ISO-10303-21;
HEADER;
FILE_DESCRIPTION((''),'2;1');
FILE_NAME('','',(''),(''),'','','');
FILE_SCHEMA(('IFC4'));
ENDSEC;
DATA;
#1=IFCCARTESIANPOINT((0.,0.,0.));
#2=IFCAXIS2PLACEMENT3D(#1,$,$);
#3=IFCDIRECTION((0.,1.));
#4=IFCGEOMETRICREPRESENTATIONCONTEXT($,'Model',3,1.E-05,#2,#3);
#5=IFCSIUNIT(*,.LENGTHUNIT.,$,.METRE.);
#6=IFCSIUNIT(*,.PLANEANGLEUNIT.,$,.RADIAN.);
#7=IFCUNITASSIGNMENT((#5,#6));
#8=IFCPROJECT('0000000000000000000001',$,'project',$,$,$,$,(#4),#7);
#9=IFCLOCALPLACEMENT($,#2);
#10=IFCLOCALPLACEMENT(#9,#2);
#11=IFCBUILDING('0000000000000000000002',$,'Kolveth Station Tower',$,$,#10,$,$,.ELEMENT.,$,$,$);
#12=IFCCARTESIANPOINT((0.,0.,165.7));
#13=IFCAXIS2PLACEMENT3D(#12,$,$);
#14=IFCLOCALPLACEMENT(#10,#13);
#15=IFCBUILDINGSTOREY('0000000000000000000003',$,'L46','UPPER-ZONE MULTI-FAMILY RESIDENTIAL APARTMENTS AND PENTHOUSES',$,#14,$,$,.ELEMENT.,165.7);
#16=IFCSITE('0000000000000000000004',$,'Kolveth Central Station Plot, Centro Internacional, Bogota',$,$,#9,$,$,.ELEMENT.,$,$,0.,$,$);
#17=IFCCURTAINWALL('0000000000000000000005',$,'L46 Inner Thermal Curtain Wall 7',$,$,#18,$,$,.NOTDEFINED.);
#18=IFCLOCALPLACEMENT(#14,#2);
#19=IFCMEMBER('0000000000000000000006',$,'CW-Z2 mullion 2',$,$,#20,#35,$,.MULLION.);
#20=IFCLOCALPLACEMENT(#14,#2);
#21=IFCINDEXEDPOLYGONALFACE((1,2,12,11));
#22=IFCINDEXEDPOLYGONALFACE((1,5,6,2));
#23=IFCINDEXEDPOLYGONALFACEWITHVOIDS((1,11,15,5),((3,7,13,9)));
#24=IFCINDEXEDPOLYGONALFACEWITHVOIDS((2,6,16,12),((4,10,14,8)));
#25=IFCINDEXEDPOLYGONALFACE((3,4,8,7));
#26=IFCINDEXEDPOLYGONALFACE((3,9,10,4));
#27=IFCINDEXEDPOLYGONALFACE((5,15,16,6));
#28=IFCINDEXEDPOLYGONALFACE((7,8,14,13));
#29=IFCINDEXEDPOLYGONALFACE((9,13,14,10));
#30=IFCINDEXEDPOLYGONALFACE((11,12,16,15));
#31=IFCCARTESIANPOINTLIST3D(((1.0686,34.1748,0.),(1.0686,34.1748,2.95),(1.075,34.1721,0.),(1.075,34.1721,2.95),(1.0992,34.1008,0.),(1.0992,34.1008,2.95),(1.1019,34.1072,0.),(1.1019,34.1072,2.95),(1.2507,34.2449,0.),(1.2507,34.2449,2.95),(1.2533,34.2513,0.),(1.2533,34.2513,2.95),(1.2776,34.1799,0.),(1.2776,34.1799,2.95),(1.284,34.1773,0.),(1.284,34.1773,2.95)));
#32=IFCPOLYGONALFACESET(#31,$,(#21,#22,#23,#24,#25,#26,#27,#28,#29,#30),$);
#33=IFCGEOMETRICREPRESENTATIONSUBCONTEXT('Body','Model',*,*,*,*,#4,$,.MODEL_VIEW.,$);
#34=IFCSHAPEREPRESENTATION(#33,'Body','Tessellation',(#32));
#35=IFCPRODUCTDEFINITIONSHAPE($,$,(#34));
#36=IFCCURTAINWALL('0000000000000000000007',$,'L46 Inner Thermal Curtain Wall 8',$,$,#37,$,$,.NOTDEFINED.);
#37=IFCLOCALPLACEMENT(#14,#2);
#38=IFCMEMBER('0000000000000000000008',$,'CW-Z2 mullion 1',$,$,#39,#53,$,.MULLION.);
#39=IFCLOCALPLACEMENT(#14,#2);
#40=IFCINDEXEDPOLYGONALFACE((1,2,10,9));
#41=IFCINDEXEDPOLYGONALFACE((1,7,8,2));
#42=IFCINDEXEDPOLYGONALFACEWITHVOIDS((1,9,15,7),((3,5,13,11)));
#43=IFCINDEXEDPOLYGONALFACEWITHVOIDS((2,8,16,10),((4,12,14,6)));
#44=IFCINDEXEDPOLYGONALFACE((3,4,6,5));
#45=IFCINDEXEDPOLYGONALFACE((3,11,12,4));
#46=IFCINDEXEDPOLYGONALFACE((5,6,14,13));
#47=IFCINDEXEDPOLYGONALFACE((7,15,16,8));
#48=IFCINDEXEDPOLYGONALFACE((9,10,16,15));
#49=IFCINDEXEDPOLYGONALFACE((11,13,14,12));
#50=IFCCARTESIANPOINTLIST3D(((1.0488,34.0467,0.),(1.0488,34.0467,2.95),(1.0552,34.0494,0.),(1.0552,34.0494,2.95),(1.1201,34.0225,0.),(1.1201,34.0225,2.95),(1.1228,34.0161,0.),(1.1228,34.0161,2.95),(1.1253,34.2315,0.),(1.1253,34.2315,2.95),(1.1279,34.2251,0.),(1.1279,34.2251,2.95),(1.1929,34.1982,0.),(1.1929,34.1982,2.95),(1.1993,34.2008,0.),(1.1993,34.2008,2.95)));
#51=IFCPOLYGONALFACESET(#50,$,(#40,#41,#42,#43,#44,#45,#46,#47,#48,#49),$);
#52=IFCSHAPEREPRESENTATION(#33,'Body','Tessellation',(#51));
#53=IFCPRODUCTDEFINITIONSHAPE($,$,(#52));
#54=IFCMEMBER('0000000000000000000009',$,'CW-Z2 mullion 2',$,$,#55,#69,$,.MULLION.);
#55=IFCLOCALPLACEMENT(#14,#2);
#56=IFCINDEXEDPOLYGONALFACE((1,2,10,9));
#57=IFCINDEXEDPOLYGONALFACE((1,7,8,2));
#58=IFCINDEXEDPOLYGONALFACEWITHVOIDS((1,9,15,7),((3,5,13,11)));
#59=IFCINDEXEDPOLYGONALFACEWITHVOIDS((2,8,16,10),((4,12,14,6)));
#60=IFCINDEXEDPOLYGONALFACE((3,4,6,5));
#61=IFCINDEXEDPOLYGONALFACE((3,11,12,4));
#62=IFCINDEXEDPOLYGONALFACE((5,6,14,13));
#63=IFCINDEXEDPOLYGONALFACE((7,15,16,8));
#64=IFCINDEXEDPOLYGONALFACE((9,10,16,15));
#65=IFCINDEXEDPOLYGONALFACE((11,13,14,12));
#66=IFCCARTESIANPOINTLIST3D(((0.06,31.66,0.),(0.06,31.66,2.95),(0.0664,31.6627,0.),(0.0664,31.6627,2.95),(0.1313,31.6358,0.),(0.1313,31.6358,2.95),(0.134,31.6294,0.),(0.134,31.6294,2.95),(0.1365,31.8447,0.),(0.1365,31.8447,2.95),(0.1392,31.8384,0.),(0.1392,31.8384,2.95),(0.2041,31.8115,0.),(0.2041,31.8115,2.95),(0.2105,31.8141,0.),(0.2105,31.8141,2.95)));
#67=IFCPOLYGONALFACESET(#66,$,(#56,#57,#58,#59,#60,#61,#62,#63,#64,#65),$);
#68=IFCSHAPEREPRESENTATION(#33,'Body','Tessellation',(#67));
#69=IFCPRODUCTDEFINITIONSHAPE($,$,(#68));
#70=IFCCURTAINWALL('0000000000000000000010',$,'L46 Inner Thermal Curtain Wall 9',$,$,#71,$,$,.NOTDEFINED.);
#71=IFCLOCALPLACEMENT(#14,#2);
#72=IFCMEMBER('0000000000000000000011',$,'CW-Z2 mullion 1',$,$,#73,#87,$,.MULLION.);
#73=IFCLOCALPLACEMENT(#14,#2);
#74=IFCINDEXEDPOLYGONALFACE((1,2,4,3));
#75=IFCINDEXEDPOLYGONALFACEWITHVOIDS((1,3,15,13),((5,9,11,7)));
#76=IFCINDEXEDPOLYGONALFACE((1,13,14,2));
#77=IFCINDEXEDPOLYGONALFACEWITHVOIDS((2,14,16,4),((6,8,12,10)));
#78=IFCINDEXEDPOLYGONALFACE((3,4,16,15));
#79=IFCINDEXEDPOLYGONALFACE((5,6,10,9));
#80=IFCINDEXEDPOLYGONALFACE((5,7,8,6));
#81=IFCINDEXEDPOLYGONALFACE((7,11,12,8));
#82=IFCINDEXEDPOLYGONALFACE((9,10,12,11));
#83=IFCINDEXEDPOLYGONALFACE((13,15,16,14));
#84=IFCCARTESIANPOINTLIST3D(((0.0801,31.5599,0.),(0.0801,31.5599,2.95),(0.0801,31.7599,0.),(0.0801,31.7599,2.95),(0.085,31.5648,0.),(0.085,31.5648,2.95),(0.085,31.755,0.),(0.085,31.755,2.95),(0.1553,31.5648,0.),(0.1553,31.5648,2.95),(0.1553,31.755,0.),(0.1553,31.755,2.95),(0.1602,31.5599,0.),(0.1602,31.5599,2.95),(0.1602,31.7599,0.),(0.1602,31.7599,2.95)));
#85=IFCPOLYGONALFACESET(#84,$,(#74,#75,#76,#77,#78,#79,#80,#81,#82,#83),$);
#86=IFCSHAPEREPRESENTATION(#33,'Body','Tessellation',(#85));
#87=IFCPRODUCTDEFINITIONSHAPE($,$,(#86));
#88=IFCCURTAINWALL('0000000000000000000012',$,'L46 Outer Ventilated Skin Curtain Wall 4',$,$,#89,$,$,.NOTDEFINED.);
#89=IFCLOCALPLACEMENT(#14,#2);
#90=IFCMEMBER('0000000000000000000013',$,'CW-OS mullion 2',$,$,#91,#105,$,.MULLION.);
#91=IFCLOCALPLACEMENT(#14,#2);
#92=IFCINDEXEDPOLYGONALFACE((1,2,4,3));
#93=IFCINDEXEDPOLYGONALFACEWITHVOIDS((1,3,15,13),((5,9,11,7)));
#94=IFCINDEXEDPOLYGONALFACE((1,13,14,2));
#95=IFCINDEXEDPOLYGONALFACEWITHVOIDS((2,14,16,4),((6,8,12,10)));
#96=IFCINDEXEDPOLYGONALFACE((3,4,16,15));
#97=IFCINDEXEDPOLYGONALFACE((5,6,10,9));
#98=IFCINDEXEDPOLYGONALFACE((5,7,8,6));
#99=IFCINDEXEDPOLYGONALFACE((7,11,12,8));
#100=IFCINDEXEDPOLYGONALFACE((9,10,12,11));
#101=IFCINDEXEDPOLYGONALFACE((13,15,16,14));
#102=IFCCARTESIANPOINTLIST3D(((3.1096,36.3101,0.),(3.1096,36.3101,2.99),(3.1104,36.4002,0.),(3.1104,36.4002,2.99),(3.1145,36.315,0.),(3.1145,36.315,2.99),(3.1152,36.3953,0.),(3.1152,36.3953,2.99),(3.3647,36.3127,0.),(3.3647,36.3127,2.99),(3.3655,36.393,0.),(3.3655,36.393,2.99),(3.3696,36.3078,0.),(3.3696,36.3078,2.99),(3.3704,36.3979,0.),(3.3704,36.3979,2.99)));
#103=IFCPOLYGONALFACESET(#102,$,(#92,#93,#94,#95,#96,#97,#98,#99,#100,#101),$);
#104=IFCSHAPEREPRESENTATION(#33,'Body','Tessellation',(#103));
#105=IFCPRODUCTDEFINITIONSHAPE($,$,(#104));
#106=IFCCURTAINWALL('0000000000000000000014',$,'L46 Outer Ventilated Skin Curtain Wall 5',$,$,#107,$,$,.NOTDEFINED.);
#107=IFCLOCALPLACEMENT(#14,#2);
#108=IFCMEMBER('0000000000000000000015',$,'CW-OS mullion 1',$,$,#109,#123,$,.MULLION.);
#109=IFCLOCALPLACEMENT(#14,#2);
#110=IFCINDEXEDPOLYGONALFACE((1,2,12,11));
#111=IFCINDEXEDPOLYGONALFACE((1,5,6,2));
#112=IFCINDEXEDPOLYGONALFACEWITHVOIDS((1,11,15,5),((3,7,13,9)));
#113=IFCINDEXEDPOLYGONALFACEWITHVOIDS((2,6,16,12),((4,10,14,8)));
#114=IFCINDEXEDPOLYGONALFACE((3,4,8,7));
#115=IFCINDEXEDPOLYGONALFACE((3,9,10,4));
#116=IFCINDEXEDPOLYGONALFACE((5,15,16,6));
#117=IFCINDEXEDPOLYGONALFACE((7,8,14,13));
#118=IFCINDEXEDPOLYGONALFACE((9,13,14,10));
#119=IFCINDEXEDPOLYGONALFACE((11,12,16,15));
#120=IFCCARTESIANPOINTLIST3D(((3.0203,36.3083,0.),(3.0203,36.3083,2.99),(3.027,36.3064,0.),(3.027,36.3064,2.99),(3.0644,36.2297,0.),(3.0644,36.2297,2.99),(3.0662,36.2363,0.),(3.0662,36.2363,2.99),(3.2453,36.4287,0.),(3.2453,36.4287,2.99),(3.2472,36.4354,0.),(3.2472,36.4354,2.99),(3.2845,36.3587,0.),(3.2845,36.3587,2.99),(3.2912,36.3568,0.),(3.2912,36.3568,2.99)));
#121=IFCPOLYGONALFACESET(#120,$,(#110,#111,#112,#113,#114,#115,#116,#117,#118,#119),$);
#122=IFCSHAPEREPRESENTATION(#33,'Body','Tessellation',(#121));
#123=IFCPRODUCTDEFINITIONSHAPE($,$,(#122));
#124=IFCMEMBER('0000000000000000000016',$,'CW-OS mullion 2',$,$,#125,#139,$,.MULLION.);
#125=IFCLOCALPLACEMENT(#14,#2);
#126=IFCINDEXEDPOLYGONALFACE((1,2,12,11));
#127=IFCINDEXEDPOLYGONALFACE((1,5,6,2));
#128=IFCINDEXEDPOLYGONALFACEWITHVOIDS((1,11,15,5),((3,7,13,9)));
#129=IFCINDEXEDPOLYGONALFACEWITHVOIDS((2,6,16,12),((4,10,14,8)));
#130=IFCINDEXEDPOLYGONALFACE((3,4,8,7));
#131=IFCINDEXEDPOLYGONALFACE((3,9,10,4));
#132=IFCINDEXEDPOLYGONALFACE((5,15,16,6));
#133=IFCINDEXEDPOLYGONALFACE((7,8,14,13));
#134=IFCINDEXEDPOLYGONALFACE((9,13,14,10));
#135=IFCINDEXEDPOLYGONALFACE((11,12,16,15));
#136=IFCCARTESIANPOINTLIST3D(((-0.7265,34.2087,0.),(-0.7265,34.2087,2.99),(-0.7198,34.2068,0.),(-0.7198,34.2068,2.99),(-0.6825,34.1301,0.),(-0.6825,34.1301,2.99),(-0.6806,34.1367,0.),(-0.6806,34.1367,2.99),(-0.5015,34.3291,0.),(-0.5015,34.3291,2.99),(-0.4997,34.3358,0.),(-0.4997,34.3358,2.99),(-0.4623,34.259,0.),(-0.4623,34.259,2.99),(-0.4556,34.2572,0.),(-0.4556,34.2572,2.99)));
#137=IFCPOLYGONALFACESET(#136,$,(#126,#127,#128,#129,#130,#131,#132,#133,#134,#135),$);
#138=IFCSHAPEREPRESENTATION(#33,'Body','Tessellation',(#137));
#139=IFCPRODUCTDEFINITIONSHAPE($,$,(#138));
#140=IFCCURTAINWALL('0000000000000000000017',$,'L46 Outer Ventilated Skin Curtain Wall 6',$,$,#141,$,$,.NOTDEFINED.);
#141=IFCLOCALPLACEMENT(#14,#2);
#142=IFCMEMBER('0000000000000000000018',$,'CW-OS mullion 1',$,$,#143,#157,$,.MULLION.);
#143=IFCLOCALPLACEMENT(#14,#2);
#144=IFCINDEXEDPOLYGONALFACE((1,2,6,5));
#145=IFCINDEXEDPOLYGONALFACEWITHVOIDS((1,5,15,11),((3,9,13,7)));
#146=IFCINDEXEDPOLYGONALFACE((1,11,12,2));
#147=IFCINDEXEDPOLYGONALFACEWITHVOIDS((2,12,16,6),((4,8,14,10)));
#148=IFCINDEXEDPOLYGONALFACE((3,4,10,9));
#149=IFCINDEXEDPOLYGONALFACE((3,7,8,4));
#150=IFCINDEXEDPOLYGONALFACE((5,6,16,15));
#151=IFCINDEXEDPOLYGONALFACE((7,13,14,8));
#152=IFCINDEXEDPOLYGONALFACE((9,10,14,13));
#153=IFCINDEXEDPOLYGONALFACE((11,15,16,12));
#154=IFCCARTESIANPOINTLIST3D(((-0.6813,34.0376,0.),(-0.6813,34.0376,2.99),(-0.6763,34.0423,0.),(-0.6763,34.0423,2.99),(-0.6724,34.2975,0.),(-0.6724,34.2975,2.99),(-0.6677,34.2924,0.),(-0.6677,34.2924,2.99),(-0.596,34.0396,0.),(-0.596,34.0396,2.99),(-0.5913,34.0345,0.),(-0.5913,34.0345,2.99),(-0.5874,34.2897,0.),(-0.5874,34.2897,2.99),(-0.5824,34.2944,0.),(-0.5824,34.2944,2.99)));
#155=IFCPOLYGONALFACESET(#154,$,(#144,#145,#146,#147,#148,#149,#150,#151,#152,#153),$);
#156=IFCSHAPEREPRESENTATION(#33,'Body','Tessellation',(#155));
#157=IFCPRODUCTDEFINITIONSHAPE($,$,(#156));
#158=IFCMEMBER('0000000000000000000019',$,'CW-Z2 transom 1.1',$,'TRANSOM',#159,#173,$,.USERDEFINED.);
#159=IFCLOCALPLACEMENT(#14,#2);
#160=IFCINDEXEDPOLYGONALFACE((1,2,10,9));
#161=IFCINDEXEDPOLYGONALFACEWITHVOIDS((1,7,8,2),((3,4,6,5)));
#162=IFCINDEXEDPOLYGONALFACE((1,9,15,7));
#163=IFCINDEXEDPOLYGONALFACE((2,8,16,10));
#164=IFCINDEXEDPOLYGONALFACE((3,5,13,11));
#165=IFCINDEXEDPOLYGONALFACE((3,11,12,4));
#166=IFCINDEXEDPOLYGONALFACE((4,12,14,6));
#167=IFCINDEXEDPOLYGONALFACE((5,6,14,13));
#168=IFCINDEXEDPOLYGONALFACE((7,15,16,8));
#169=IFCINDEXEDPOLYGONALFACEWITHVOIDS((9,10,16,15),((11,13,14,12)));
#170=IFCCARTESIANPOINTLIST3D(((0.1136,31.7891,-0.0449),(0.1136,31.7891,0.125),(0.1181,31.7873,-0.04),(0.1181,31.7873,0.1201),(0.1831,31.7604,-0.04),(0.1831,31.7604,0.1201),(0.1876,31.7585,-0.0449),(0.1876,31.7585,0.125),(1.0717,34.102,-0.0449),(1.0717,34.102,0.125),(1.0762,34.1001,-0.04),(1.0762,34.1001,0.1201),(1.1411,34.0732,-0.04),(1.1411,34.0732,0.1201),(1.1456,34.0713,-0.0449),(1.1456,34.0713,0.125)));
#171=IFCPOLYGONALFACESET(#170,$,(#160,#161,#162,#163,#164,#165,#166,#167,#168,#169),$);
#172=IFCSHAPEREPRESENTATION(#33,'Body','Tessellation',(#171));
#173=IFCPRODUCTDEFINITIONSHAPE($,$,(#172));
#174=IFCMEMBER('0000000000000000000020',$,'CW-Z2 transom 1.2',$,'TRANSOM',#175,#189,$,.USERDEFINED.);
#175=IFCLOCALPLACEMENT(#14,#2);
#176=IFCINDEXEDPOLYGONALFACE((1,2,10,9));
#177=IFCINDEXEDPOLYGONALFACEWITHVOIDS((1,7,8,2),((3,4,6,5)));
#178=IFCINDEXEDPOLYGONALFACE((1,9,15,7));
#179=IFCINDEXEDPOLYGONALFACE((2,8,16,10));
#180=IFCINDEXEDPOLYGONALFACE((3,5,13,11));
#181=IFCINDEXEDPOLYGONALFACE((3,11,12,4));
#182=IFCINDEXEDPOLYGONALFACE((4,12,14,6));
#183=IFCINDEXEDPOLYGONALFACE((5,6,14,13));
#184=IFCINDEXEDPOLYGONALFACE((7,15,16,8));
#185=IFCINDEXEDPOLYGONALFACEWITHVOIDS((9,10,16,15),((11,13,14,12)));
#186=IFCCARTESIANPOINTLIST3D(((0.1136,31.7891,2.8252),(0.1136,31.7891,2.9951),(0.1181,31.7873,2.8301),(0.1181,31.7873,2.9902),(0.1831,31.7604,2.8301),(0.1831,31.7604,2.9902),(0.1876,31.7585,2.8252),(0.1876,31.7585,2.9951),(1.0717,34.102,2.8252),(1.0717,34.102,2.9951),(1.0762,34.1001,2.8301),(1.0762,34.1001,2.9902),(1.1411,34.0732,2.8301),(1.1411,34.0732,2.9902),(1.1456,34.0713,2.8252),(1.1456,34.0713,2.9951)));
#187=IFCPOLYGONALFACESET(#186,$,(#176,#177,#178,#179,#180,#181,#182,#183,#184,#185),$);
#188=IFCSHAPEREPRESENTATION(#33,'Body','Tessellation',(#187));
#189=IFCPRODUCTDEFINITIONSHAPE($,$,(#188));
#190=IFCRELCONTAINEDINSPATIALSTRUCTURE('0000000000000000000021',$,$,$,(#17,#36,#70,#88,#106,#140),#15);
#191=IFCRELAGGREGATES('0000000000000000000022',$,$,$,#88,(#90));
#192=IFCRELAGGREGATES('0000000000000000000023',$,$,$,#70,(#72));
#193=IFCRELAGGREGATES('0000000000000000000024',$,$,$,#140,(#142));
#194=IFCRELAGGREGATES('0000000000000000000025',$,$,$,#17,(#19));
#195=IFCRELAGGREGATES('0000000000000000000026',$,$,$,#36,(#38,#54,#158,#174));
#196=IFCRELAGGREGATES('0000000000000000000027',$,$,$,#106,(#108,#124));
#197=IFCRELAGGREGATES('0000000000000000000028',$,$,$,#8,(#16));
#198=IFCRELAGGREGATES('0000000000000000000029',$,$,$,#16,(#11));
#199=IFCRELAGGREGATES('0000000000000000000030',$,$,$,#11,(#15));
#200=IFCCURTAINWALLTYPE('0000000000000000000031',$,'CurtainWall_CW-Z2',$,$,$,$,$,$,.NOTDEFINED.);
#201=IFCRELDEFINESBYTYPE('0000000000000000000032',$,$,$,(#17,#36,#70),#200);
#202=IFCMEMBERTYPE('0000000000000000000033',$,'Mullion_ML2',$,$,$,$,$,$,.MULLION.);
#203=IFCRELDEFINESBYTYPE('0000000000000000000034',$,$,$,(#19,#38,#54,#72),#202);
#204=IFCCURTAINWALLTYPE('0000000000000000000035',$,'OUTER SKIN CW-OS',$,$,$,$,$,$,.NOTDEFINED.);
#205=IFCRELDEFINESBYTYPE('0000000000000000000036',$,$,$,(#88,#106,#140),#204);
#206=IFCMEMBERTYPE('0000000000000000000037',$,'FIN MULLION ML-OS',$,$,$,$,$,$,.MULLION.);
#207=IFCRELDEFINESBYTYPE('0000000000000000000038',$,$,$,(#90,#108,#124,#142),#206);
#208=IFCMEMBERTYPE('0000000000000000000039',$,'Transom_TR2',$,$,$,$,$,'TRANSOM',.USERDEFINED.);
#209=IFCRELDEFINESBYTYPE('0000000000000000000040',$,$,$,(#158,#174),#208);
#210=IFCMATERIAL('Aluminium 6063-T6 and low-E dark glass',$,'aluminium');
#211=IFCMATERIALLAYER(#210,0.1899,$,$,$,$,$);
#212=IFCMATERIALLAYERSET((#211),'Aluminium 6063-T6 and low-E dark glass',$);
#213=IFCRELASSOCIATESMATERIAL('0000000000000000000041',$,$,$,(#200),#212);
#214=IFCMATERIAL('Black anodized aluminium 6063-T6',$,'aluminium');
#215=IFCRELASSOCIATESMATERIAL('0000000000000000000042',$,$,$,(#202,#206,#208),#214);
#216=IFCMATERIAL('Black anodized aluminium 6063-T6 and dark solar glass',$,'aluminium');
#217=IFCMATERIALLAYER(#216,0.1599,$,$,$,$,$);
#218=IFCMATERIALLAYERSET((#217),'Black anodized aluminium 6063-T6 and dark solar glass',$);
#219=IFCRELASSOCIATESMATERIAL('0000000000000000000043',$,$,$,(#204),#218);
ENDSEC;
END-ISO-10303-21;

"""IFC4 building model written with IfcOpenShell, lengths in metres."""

from ifc_helpers import new_model, si_unit, direction, frame, origin, origin_2d, place, context, subcontext, project, spatial, hollow_rectangle, extrude, source, transform, mapped, material, layer, layer_set, material_profile, profile_set, type_object, element, aggregate, save


model = new_model("IFC4")

# Units and contexts
model_context = context("Model", 3, precision=1e-05, world=origin(), true_north=direction((0.0, 1.0)))
body_context = subcontext(model_context, "Body", "Model", "MODEL_VIEW")
ifc_project = project(units=[si_unit("LENGTHUNIT", "METRE"), si_unit("PLANEANGLEUNIT", "RADIAN")], contexts=[model_context])

# Site, building, storey
site_placement = place(None, origin())
site = spatial("IfcSite", under=ifc_project, at=site_placement, Name="Kolveth Central Station Plot, Centro Internacional, Bogota", CompositionType="ELEMENT", RefElevation=0.0)
building_placement = place(site_placement, origin())
building = spatial("IfcBuilding", under=site, at=building_placement, Name="Kolveth Station Tower", CompositionType="ELEMENT")
storey_placement = place(building_placement, frame((0.0, 0.0, 165.7)))
storey = spatial("IfcBuildingStorey", under=building, at=storey_placement, Name="L46", Description="UPPER-ZONE MULTI-FAMILY RESIDENTIAL APARTMENTS AND PENTHOUSES", CompositionType="ELEMENT", Elevation=165.7)

# Curtain wall, member
ifc_material_1 = material(Name="Aluminium 6063-T6 and low-E dark glass", Category="aluminium")
ifc_layer_1 = layer(ifc_material_1, 0.1899)
ifc_layer_set_1 = layer_set([ifc_layer_1], Name="Aluminium 6063-T6 and low-E dark glass")
curtain_wall_type_1 = type_object("IfcCurtainWallType", Name="CurtainWall_CW-Z2", PredefinedType="NOTDEFINED", material=ifc_layer_set_1)
curtain_wall_1_placement = place(storey_placement, origin())
curtain_wall_1 = element("IfcCurtainWall", 1, at=curtain_wall_1_placement, inside=storey, type_object=curtain_wall_type_1, Name="L46 Inner Thermal Curtain Wall 7", PredefinedType="NOTDEFINED")
ifc_material_2 = material(Name="Black anodized aluminium 6063-T6", Category="aluminium")
ifc_material_profile_1 = material_profile(ifc_material_2, hollow_rectangle(XDim=0.0801, YDim=0.2, WallThickness=0.0049, at=origin_2d()), Name="ALU-80x200x5")
ifc_profile_set_1 = profile_set([ifc_material_profile_1], Name="Black anodized aluminium 6063-T6")
member_type_1 = type_object("IfcMemberType", Name="Mullion_ML2", PredefinedType="MULLION", material=ifc_profile_set_1)
shared_shape_1 = source(origin(), body_context, "Body", "SweptSolid", [
    extrude(hollow_rectangle(XDim=0.0801, YDim=0.2, WallThickness=0.0049, at=origin_2d()), origin(), (0.0, 0.0, 1.0), 2.95),
])
member_1_placement = place(storey_placement, frame((1.1763, 34.176, 0.0), z_axis=(0.0, 0.0, 1.0), x_axis=(0.382698, -0.923874, 0.0)))
member_1 = element("IfcMember", 2, at=member_1_placement, type_object=member_type_1, Name="CW-Z2 mullion 2", PredefinedType="MULLION", context=body_context, shape_type="MappedRepresentation", body=[
    mapped(shared_shape_1, transform((0.0, 0.0, 0.0), x_axis=(1.0, 0.0, 0.0), y_axis=(0.0, 1.0, 0.0), z_axis=(0.0, 0.0, 1.0), scale=1.0)),
])

# Curtain wall, members
curtain_wall_2_placement = place(storey_placement, origin())
curtain_wall_2 = element("IfcCurtainWall", 3, at=curtain_wall_2_placement, inside=storey, type_object=curtain_wall_type_1, Name="L46 Inner Thermal Curtain Wall 8", PredefinedType="NOTDEFINED")
member_2_placement = place(storey_placement, frame((1.124, 34.1238, 0.0), z_axis=(0.0, 0.0, 1.0), x_axis=(0.923874, -0.382698, 0.0)))
member_2 = element("IfcMember", 4, at=member_2_placement, type_object=member_type_1, Name="CW-Z2 mullion 1", PredefinedType="MULLION", context=body_context, shape_type="MappedRepresentation", body=[
    mapped(shared_shape_1, transform((0.0, 0.0, 0.0), x_axis=(1.0, 0.0, 0.0), y_axis=(0.0, 1.0, 0.0), z_axis=(0.0, 0.0, 1.0), scale=1.0)),
])
member_3_placement = place(storey_placement, frame((0.1353, 31.7371, 0.0), z_axis=(0.0, 0.0, 1.0), x_axis=(0.923874, -0.382698, 0.0)))
member_3 = element("IfcMember", 5, at=member_3_placement, type_object=member_type_1, Name="CW-Z2 mullion 2", PredefinedType="MULLION", context=body_context, shape_type="MappedRepresentation", body=[
    mapped(shared_shape_1, transform((0.0, 0.0, 0.0), x_axis=(1.0, 0.0, 0.0), y_axis=(0.0, 1.0, 0.0), z_axis=(0.0, 0.0, 1.0), scale=1.0)),
])

# Curtain walls, members
curtain_wall_3_placement = place(storey_placement, origin())
curtain_wall_3 = element("IfcCurtainWall", 6, at=curtain_wall_3_placement, inside=storey, type_object=curtain_wall_type_1, Name="L46 Inner Thermal Curtain Wall 9", PredefinedType="NOTDEFINED")
member_4_placement = place(storey_placement, frame((0.1201, 31.6599, 0.0), z_axis=(0.0, 0.0, 1.0), x_axis=(1.0, 0.0, 0.0)))
member_4 = element("IfcMember", 7, at=member_4_placement, type_object=member_type_1, Name="CW-Z2 mullion 1", PredefinedType="MULLION", context=body_context, shape_type="MappedRepresentation", body=[
    mapped(shared_shape_1, transform((0.0, 0.0, 0.0), x_axis=(1.0, 0.0, 0.0), y_axis=(0.0, 1.0, 0.0), z_axis=(0.0, 0.0, 1.0), scale=1.0)),
])
ifc_material_3 = material(Name="Black anodized aluminium 6063-T6 and dark solar glass", Category="aluminium")
ifc_layer_2 = layer(ifc_material_3, 0.1599)
ifc_layer_set_2 = layer_set([ifc_layer_2], Name="Black anodized aluminium 6063-T6 and dark solar glass")
curtain_wall_type_2 = type_object("IfcCurtainWallType", Name="OUTER SKIN CW-OS", PredefinedType="NOTDEFINED", material=ifc_layer_set_2)
curtain_wall_4_placement = place(storey_placement, origin())
curtain_wall_4 = element("IfcCurtainWall", 8, at=curtain_wall_4_placement, inside=storey, type_object=curtain_wall_type_2, Name="L46 Outer Ventilated Skin Curtain Wall 4", PredefinedType="NOTDEFINED")
ifc_material_profile_2 = material_profile(ifc_material_2, hollow_rectangle(XDim=0.0901, YDim=0.26, WallThickness=0.0049, at=origin_2d()), Name="ALU-90x260x5")
ifc_profile_set_2 = profile_set([ifc_material_profile_2], Name="Black anodized aluminium 6063-T6")
member_type_2 = type_object("IfcMemberType", Name="FIN MULLION ML-OS", PredefinedType="MULLION", material=ifc_profile_set_2)
shared_shape_2 = source(origin(), body_context, "Body", "SweptSolid", [
    extrude(hollow_rectangle(XDim=0.0901, YDim=0.26, WallThickness=0.0049, at=origin_2d()), origin(), (0.0, 0.0, 1.0), 2.99),
])
member_5_placement = place(storey_placement, frame((3.24, 36.354, 0.0), z_axis=(0.0, 0.0, 1.0), x_axis=(-0.008961, -0.99996, 0.0)))
member_5 = element("IfcMember", 9, at=member_5_placement, type_object=member_type_2, Name="CW-OS mullion 2", PredefinedType="MULLION", context=body_context, shape_type="MappedRepresentation", body=[
    mapped(shared_shape_2, transform((0.0, 0.0, 0.0), x_axis=(1.0, 0.0, 0.0), y_axis=(0.0, 1.0, 0.0), z_axis=(0.0, 0.0, 1.0), scale=1.0)),
])
aggregate(curtain_wall_4, [member_5])

# Curtain wall, members
curtain_wall_5_placement = place(storey_placement, origin())
curtain_wall_5 = element("IfcCurtainWall", 10, at=curtain_wall_5_placement, inside=storey, type_object=curtain_wall_type_2, Name="L46 Outer Ventilated Skin Curtain Wall 5", PredefinedType="NOTDEFINED")
member_6_placement = place(storey_placement, frame((3.1558, 36.3325, 0.0), z_axis=(0.0, 0.0, 1.0), x_axis=(0.488852, -0.872367, 0.0)))
member_6 = element("IfcMember", 11, at=member_6_placement, type_object=member_type_2, Name="CW-OS mullion 1", PredefinedType="MULLION", context=body_context, shape_type="MappedRepresentation", body=[
    mapped(shared_shape_2, transform((0.0, 0.0, 0.0), x_axis=(1.0, 0.0, 0.0), y_axis=(0.0, 1.0, 0.0), z_axis=(0.0, 0.0, 1.0), scale=1.0)),
])
member_7_placement = place(storey_placement, frame((-0.5911, 34.2329, 0.0), z_axis=(0.0, 0.0, 1.0), x_axis=(0.488852, -0.872367, 0.0)))
member_7 = element("IfcMember", 12, at=member_7_placement, type_object=member_type_2, Name="CW-OS mullion 2", PredefinedType="MULLION", context=body_context, shape_type="MappedRepresentation", body=[
    mapped(shared_shape_2, transform((0.0, 0.0, 0.0), x_axis=(1.0, 0.0, 0.0), y_axis=(0.0, 1.0, 0.0), z_axis=(0.0, 0.0, 1.0), scale=1.0)),
])

# Curtain wall, member
curtain_wall_6_placement = place(storey_placement, origin())
curtain_wall_6 = element("IfcCurtainWall", 13, at=curtain_wall_6_placement, inside=storey, type_object=curtain_wall_type_2, Name="L46 Outer Ventilated Skin Curtain Wall 6", PredefinedType="NOTDEFINED")
member_8_placement = place(storey_placement, frame((-0.6318, 34.166, 0.0), z_axis=(0.0, 0.0, 1.0), x_axis=(0.999414, -0.034219, 0.0)))
member_8 = element("IfcMember", 14, at=member_8_placement, type_object=member_type_2, Name="CW-OS mullion 1", PredefinedType="MULLION", context=body_context, shape_type="MappedRepresentation", body=[
    mapped(shared_shape_2, transform((0.0, 0.0, 0.0), x_axis=(1.0, 0.0, 0.0), y_axis=(0.0, 1.0, 0.0), z_axis=(0.0, 0.0, 1.0), scale=1.0)),
])

# Members
ifc_material_profile_3 = material_profile(ifc_material_2, hollow_rectangle(XDim=0.0801, YDim=0.1699, WallThickness=0.0049, at=origin_2d()), Name="ALU-80x170x5")
ifc_profile_set_3 = profile_set([ifc_material_profile_3], Name="Black anodized aluminium 6063-T6")
member_type_3 = type_object("IfcMemberType", Name="Transom_TR2", ElementType="TRANSOM", PredefinedType="USERDEFINED", material=ifc_profile_set_3)
shared_shape_3 = source(origin(), body_context, "Body", "SweptSolid", [
    extrude(hollow_rectangle(XDim=0.0801, YDim=0.1699, WallThickness=0.0049, at=origin_2d()), origin(), (0.0, 0.0, 1.0), 2.5034),
])
member_9_placement = place(storey_placement, frame((1.1086, 34.0867, 0.04), z_axis=(-0.382696, -0.923874, 0.0), x_axis=(0.923874, -0.382696, 0.0)))
member_9 = element("IfcMember", 15, at=member_9_placement, type_object=member_type_3, Name="CW-Z2 transom 1.1", ObjectType="TRANSOM", PredefinedType="USERDEFINED", context=body_context, shape_type="MappedRepresentation", body=[
    mapped(shared_shape_3, transform((0.0, 0.0, 0.0), x_axis=(1.0, 0.0, 0.0), y_axis=(0.0, 1.0, 0.0), z_axis=(0.0, 0.0, 1.0), scale=1.0)),
])
member_10_placement = place(storey_placement, frame((1.1086, 34.0867, 2.9102), z_axis=(-0.382696, -0.923874, 0.0), x_axis=(0.923874, -0.382696, 0.0)))
member_10 = element("IfcMember", 16, at=member_10_placement, type_object=member_type_3, Name="CW-Z2 transom 1.2", ObjectType="TRANSOM", PredefinedType="USERDEFINED", context=body_context, shape_type="MappedRepresentation", body=[
    mapped(shared_shape_3, transform((0.0, 0.0, 0.0), x_axis=(1.0, 0.0, 0.0), y_axis=(0.0, 1.0, 0.0), z_axis=(0.0, 0.0, 1.0), scale=1.0)),
])
aggregate(curtain_wall_3, [member_4])
aggregate(curtain_wall_6, [member_8])

aggregate(curtain_wall_1, [member_1])
aggregate(curtain_wall_2, [member_2, member_3, member_9, member_10])
aggregate(curtain_wall_5, [member_6, member_7])

save(model, "model.ifc")
